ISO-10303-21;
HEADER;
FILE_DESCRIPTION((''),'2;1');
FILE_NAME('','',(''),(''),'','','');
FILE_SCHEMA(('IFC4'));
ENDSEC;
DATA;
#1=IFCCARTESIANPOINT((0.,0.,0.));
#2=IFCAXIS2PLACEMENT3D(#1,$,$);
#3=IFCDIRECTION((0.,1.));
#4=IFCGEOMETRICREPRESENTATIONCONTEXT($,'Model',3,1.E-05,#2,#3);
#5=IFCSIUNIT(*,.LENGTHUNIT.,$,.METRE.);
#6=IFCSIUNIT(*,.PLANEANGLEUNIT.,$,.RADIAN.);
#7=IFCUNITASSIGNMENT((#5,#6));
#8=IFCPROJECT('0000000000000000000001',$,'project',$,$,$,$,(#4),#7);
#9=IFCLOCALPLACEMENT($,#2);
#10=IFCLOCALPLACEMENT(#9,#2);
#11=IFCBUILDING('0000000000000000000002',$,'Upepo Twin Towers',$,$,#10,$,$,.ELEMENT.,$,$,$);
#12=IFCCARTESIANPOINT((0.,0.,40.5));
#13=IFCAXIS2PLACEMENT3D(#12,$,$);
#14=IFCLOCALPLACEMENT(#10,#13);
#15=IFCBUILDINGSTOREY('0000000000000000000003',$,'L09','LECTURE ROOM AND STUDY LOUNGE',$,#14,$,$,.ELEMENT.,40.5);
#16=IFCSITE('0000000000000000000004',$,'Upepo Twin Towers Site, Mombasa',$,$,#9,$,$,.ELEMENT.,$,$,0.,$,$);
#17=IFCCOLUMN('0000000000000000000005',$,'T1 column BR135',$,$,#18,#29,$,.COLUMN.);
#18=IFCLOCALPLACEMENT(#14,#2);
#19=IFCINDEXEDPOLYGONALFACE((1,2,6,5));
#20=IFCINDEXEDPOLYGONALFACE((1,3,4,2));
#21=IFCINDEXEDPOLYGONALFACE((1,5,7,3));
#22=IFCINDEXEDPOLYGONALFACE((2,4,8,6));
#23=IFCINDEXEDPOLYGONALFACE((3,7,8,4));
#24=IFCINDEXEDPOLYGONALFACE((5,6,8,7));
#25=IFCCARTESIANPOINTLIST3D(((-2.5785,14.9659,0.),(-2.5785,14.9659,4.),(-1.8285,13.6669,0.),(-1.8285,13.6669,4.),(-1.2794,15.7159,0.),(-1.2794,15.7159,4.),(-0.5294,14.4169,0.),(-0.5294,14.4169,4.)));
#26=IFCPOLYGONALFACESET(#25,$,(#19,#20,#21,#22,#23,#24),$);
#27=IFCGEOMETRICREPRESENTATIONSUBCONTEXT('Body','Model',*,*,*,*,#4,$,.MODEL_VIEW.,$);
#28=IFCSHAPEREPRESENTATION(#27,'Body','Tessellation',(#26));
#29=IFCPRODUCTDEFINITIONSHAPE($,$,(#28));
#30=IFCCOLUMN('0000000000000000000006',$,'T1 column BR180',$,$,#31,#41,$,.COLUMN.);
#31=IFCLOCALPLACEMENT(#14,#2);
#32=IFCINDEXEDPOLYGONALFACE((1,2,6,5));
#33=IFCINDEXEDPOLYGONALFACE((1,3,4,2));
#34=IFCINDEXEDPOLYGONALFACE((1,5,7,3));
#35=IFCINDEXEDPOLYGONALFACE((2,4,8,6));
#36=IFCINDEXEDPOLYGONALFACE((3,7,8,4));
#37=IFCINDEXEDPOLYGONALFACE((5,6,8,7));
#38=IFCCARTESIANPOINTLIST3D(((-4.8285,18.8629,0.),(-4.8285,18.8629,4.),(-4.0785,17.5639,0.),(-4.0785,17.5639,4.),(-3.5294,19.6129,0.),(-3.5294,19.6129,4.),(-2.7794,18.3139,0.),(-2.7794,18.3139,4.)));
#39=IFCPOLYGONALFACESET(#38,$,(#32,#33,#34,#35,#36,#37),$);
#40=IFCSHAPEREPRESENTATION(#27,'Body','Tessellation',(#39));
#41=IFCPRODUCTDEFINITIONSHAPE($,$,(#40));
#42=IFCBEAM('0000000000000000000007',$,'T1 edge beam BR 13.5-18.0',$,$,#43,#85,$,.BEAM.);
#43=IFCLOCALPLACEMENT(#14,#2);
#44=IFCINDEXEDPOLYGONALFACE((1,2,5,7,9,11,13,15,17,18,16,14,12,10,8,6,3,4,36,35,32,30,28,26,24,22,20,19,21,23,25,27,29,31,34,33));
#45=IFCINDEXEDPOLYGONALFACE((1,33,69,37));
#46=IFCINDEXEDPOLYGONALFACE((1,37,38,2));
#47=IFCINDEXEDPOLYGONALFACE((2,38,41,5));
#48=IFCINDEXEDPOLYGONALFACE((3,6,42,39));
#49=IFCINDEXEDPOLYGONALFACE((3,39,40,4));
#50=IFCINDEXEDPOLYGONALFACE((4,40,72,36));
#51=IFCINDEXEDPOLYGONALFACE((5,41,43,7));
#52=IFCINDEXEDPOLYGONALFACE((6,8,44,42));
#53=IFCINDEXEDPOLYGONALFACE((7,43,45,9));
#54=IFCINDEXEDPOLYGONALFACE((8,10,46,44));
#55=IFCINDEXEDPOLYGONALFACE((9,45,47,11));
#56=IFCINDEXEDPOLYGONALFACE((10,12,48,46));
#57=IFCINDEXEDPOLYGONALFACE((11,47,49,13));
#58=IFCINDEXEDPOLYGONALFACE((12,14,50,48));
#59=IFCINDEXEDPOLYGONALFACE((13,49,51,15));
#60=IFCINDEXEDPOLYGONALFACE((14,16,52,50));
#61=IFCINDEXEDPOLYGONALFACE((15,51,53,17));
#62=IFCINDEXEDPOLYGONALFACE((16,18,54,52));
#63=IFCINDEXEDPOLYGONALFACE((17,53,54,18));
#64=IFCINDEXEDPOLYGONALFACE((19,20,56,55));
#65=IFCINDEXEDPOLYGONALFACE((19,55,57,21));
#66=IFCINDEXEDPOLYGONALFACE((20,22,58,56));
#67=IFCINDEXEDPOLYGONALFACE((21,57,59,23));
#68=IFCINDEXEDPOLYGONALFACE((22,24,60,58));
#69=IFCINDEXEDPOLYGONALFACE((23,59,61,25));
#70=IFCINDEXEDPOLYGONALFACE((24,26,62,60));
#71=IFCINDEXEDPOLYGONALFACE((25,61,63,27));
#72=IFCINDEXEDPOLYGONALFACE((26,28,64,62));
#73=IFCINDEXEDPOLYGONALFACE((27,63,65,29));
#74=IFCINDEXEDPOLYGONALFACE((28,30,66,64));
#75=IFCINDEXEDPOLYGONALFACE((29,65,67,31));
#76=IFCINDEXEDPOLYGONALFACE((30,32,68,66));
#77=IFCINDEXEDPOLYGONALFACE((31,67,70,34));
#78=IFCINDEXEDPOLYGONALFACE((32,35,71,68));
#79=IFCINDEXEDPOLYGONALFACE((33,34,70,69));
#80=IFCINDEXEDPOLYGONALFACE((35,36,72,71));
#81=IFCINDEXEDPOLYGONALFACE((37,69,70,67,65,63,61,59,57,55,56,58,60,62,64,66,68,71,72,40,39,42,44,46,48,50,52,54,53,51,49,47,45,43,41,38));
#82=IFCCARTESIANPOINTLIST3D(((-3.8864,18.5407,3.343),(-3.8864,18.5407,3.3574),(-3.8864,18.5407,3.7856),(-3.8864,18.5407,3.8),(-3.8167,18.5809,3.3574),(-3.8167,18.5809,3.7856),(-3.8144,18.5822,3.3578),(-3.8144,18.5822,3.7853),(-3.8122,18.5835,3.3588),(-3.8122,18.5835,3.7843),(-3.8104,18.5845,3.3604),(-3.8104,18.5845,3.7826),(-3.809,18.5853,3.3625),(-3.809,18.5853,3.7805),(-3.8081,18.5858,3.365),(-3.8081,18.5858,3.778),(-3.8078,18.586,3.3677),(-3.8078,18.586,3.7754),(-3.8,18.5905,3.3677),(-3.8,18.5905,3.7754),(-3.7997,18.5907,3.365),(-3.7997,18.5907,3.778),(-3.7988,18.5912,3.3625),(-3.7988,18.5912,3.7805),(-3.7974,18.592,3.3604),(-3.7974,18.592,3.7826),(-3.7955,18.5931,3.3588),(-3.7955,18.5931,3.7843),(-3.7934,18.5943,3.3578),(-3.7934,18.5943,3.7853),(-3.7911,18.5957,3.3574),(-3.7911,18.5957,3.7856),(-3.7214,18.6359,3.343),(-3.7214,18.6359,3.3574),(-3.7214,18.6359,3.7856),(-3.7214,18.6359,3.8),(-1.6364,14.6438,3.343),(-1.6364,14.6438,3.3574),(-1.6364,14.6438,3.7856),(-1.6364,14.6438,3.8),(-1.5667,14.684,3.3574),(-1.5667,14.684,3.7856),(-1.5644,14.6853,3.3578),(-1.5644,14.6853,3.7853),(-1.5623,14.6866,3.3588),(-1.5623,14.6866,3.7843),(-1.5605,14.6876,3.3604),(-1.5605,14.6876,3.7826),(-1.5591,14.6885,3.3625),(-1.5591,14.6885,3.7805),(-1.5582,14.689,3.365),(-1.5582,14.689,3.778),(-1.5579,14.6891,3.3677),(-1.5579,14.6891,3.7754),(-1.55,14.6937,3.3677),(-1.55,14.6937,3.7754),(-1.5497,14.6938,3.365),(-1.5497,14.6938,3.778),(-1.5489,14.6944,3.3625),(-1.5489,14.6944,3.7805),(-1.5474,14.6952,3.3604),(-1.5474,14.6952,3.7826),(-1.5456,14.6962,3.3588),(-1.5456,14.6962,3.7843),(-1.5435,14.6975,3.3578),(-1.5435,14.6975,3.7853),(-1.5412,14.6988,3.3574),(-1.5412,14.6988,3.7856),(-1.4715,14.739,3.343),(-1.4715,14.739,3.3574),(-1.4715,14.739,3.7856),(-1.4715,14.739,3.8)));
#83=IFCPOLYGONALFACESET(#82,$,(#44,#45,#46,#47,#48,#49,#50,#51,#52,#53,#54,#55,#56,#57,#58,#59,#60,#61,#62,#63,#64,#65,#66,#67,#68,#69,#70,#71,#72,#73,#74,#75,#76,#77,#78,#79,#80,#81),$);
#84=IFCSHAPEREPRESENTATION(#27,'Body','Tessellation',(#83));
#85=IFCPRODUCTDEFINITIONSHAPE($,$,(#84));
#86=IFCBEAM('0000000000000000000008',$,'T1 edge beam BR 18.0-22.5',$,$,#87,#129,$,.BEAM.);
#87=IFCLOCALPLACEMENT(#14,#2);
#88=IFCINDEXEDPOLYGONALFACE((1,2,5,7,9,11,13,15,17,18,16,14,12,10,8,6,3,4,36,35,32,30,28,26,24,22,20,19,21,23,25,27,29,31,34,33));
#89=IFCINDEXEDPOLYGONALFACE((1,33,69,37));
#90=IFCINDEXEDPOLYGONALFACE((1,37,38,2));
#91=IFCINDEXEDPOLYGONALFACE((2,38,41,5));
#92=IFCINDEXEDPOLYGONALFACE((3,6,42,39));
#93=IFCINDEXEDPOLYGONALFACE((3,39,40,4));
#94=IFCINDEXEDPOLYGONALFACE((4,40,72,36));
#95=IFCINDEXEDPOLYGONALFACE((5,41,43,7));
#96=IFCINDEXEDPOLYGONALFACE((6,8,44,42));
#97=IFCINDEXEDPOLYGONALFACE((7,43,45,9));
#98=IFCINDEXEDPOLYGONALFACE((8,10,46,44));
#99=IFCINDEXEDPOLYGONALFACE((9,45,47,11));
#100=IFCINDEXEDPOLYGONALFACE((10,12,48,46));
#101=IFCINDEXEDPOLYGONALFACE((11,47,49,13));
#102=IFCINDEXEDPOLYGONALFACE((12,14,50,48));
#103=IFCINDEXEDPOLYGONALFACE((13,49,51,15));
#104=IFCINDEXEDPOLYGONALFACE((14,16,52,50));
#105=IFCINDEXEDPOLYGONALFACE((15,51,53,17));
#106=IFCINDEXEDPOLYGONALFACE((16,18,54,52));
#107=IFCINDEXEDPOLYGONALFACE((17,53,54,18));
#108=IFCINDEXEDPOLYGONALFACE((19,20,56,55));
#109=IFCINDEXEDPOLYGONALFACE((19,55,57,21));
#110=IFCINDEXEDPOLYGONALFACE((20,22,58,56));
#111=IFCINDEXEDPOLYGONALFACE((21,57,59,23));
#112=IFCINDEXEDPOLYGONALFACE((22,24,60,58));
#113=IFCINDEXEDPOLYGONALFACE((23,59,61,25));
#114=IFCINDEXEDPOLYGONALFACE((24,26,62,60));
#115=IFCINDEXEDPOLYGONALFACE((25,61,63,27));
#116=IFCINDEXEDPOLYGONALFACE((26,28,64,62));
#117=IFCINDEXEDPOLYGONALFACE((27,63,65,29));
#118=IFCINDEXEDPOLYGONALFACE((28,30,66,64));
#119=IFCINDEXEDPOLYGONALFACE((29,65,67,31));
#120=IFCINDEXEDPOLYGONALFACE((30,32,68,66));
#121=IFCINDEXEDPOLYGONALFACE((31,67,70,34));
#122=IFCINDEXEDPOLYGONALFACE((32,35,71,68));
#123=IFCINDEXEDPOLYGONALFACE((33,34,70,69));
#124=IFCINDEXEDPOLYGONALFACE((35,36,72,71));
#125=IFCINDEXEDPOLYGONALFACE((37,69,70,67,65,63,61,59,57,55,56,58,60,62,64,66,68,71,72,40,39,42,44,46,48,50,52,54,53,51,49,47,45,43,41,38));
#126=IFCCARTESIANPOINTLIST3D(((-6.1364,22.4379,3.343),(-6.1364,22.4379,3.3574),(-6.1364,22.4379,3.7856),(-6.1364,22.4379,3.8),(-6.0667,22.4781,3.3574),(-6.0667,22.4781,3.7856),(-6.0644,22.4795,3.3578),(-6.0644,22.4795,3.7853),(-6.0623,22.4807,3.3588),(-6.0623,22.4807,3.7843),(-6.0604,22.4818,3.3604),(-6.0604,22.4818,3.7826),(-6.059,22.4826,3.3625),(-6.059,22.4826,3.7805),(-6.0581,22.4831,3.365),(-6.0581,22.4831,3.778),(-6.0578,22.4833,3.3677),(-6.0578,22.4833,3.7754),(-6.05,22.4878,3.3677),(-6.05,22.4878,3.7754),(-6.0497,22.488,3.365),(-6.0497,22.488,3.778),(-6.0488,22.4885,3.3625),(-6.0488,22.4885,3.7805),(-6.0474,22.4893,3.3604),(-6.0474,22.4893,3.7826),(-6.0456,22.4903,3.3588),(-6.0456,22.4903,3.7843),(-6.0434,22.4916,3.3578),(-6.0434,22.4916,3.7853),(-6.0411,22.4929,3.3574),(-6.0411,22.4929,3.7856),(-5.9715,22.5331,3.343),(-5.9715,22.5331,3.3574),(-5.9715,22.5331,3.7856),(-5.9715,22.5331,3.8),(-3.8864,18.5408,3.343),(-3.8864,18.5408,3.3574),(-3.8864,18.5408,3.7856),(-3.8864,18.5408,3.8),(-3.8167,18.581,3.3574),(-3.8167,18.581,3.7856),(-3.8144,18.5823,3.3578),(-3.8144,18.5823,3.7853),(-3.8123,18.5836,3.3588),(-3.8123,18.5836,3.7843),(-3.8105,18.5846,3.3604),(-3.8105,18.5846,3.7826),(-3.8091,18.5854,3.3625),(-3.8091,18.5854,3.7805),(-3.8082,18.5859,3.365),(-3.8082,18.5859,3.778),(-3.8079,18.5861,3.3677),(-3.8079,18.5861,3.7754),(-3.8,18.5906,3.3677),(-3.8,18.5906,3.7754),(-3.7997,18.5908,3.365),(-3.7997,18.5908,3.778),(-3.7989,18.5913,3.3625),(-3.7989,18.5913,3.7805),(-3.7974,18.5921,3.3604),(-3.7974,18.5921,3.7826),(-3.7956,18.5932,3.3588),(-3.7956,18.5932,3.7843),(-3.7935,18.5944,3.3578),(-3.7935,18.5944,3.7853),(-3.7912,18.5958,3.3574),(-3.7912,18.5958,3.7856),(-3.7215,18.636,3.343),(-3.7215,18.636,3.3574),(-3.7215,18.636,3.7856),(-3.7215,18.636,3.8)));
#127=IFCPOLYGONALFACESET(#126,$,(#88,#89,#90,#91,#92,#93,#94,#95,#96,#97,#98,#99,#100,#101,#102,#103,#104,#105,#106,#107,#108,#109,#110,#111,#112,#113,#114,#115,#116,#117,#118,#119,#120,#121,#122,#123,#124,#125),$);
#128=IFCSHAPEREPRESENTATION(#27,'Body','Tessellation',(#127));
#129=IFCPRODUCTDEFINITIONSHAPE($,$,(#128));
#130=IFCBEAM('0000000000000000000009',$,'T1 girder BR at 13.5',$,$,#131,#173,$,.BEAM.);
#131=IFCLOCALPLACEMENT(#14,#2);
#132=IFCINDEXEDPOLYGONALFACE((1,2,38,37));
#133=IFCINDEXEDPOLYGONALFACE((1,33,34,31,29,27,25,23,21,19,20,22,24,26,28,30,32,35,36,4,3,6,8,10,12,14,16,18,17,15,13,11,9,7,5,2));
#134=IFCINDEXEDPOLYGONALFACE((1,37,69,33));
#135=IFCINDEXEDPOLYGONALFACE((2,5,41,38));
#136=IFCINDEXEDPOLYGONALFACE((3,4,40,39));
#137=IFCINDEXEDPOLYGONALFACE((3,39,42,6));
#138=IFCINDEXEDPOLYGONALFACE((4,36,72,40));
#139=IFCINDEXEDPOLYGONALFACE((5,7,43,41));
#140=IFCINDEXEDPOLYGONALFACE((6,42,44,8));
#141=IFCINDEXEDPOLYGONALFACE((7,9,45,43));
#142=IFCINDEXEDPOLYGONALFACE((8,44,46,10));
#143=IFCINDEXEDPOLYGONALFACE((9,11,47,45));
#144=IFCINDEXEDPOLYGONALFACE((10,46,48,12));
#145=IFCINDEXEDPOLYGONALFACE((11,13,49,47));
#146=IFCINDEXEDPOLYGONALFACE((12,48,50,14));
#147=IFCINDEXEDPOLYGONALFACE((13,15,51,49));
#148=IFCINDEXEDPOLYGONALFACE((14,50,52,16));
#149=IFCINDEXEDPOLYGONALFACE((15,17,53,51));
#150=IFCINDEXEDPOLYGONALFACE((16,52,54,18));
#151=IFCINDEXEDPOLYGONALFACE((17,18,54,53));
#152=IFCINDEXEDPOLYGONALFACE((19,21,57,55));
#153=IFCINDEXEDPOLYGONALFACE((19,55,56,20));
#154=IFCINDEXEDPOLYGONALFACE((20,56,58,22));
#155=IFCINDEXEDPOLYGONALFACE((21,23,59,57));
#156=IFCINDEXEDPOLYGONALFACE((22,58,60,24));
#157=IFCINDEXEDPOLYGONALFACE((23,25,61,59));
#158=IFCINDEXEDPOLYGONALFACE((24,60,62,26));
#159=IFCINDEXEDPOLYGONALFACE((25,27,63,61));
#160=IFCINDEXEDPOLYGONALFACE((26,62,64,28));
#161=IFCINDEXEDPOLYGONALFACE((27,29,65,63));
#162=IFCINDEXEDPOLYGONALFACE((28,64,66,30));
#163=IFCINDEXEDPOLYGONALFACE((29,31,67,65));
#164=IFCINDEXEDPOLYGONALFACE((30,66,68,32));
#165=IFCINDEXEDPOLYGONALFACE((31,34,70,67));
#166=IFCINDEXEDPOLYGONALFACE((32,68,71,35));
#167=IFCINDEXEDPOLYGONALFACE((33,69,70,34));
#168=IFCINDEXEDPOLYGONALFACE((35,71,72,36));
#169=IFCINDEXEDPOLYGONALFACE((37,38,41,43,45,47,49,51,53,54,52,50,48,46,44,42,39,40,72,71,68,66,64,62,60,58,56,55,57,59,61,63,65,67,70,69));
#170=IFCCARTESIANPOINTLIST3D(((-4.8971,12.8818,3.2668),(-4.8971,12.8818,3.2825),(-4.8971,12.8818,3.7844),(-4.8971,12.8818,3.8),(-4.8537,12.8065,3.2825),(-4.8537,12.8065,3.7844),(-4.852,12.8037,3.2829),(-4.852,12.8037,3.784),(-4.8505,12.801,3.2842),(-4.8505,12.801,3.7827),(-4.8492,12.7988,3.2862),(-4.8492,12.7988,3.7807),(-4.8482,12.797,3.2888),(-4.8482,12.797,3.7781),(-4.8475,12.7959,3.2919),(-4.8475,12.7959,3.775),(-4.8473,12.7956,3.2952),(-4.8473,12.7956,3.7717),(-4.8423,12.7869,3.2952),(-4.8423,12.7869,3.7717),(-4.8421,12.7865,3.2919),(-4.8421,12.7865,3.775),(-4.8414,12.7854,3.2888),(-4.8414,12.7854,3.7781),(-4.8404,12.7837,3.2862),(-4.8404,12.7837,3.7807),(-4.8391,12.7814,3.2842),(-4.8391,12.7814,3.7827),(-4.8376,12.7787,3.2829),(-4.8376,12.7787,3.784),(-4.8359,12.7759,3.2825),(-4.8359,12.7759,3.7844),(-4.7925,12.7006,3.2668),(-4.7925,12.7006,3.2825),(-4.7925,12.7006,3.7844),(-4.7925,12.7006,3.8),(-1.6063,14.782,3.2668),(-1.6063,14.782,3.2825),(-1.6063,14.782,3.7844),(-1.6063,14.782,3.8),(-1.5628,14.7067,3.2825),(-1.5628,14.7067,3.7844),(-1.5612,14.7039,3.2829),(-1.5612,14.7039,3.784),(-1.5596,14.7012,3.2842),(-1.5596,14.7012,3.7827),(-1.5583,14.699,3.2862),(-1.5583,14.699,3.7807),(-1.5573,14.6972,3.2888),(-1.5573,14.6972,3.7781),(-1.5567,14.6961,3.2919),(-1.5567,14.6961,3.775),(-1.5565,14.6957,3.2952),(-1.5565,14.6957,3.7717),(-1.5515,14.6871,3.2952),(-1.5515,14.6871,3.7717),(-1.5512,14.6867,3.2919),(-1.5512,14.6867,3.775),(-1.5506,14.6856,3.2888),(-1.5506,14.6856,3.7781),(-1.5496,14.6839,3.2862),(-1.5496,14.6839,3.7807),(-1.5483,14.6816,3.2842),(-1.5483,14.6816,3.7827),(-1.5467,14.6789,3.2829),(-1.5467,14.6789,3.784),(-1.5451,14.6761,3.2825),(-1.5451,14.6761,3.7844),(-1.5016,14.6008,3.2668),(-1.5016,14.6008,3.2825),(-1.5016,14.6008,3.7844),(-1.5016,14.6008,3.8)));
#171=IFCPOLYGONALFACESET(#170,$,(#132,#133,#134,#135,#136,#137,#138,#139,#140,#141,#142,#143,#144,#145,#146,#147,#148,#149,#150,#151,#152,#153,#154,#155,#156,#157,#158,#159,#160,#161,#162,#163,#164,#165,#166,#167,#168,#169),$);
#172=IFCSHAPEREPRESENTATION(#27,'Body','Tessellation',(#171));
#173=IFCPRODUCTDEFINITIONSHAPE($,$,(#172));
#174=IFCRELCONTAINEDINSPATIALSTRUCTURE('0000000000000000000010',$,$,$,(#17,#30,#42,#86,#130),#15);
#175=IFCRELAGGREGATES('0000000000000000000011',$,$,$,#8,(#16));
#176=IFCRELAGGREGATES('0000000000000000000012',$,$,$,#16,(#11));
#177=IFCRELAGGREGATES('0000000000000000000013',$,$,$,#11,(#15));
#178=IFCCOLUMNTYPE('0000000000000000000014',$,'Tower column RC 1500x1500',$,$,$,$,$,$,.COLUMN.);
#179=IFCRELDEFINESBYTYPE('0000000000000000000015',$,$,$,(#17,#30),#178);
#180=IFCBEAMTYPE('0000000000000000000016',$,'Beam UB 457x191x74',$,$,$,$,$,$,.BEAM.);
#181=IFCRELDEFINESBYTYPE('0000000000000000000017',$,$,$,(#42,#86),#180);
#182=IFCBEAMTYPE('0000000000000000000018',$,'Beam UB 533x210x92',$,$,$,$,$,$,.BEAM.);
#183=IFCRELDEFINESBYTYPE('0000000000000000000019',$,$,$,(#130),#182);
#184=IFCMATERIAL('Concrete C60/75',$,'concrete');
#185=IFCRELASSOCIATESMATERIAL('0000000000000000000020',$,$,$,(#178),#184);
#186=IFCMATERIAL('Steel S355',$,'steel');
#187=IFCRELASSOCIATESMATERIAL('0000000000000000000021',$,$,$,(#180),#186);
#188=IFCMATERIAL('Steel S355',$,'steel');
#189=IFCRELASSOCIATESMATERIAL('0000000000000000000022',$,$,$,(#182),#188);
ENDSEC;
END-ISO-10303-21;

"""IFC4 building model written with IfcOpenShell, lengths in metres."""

from ifc_helpers import new_model, si_unit, direction, frame, origin, origin_2d, place, context, subcontext, project, spatial, rectangle, i_section, extrude, material, material_profile, profile_set, type_object, element, save


model = new_model("IFC4")

# Units and contexts
model_context = context("Model", 3, precision=1e-05, world=origin(), true_north=direction((0.0, 1.0)))
body_context = subcontext(model_context, "Body", "Model", "MODEL_VIEW")
ifc_project = project(units=[si_unit("LENGTHUNIT", "METRE"), si_unit("PLANEANGLEUNIT", "RADIAN")], contexts=[model_context])

# Site, building, storey
site_placement = place(None, origin())
site = spatial("IfcSite", under=ifc_project, at=site_placement, Name="Upepo Twin Towers Site, Mombasa", CompositionType="ELEMENT", RefElevation=0.0)
building_placement = place(site_placement, origin())
building = spatial("IfcBuilding", under=site, at=building_placement, Name="Upepo Twin Towers", CompositionType="ELEMENT")
storey_placement = place(building_placement, frame((0.0, 0.0, 40.5)))
storey = spatial("IfcBuildingStorey", under=building, at=storey_placement, Name="L09", Description="LECTURE ROOM AND STUDY LOUNGE", CompositionType="ELEMENT", Elevation=40.5)

# Columns
ifc_material_1 = material(Name="Concrete C60/75", Category="concrete")
ifc_material_profile_1 = material_profile(ifc_material_1, rectangle(XDim=1.5, YDim=1.5, at=origin_2d()), Name="RC 1500x1500")
ifc_profile_set_1 = profile_set([ifc_material_profile_1], Name="Concrete C60/75")
column_type = type_object("IfcColumnType", Name="Tower column RC 1500x1500", PredefinedType="COLUMN", material=ifc_profile_set_1)
for number, where, z_axis, x_axis, name in (
    (1, (-1.554, 14.6914, 0.0), (0.0, 0.0, 1.0), (0.866025, 0.5, 0.0), "T1 column BR135"),
    (2, (-3.804, 18.5884, 0.0), (0.0, 0.0, 1.0), (0.866025, 0.5, 0.0), "T1 column BR180"),
):
    element("IfcColumn", number, at=place(storey_placement, frame(where, z_axis=z_axis, x_axis=x_axis)), inside=storey, type_object=column_type, Name=name, PredefinedType="COLUMN", context=body_context, shape_type="SweptSolid", body=[
        extrude(rectangle(XDim=1.5, YDim=1.5, at=origin_2d()), origin(), (0.0, 0.0, 1.0), 4.0),
    ])

# Beams
ifc_material_2 = material(Name="Steel S355", Category="steel")
ifc_material_profile_2 = material_profile(ifc_material_2, i_section(OverallWidth=0.1904, OverallDepth=0.457, WebThickness=0.009, FlangeThickness=0.0144, FilletRadius=0.0103, at=origin_2d()), Name="UB 457x191x74")
ifc_profile_set_2 = profile_set([ifc_material_profile_2], Name="Steel S355")
beam_type_1 = type_object("IfcBeamType", Name="Beam UB 457x191x74", PredefinedType="BEAM", material=ifc_profile_set_2)
beam_1_placement = place(storey_placement, frame((-1.554, 14.6914, 3.5715), z_axis=(-0.500014, 0.866018, 0.0), x_axis=(-0.866018, -0.500014, 0.0)))
element("IfcBeam", 3, at=beam_1_placement, inside=storey, type_object=beam_type_1, Name="T1 edge beam BR 13.5-18.0", PredefinedType="BEAM", context=body_context, shape_type="SweptSolid", body=[
    extrude(i_section(OverallWidth=0.1904, OverallDepth=0.457, WebThickness=0.009, FlangeThickness=0.0144, FilletRadius=0.0103, at=origin_2d()), origin(), (0.0, 0.0, 1.0), 4.4998),
])
beam_2_placement = place(storey_placement, frame((-3.804, 18.5884, 3.5715), z_axis=(-0.49999, 0.866031, 0.0), x_axis=(-0.866031, -0.49999, 0.0)))
element("IfcBeam", 4, at=beam_2_placement, inside=storey, type_object=beam_type_1, Name="T1 edge beam BR 18.0-22.5", PredefinedType="BEAM", context=body_context, shape_type="SweptSolid", body=[
    extrude(i_section(OverallWidth=0.1904, OverallDepth=0.457, WebThickness=0.009, FlangeThickness=0.0144, FilletRadius=0.0103, at=origin_2d()), origin(), (0.0, 0.0, 1.0), 4.5),
])
ifc_material_3 = material(Name="Steel S355", Category="steel")
ifc_material_profile_3 = material_profile(ifc_material_3, i_section(OverallWidth=0.2092, OverallDepth=0.5332, WebThickness=0.01, FlangeThickness=0.0156, FilletRadius=0.0127, at=origin_2d()), Name="UB 533x210x92")
ifc_profile_set_3 = profile_set([ifc_material_profile_3], Name="Steel S355")
beam_type_2 = type_object("IfcBeamType", Name="Beam UB 533x210x92", PredefinedType="BEAM", material=ifc_profile_set_3)
beam_3_placement = place(storey_placement, frame((-1.554, 14.6914, 3.5334), z_axis=(-0.866, -0.500043, 0.0), x_axis=(0.500043, -0.866, 0.0)))
element("IfcBeam", 5, at=beam_3_placement, inside=storey, type_object=beam_type_2, Name="T1 girder BR at 13.5", PredefinedType="BEAM", context=body_context, shape_type="SweptSolid", body=[
    extrude(i_section(OverallWidth=0.2092, OverallDepth=0.5332, WebThickness=0.01, FlangeThickness=0.0156, FilletRadius=0.0127, at=origin_2d()), origin(), (0.0, 0.0, 1.0), 3.8),
])

save(model, "model.ifc")
